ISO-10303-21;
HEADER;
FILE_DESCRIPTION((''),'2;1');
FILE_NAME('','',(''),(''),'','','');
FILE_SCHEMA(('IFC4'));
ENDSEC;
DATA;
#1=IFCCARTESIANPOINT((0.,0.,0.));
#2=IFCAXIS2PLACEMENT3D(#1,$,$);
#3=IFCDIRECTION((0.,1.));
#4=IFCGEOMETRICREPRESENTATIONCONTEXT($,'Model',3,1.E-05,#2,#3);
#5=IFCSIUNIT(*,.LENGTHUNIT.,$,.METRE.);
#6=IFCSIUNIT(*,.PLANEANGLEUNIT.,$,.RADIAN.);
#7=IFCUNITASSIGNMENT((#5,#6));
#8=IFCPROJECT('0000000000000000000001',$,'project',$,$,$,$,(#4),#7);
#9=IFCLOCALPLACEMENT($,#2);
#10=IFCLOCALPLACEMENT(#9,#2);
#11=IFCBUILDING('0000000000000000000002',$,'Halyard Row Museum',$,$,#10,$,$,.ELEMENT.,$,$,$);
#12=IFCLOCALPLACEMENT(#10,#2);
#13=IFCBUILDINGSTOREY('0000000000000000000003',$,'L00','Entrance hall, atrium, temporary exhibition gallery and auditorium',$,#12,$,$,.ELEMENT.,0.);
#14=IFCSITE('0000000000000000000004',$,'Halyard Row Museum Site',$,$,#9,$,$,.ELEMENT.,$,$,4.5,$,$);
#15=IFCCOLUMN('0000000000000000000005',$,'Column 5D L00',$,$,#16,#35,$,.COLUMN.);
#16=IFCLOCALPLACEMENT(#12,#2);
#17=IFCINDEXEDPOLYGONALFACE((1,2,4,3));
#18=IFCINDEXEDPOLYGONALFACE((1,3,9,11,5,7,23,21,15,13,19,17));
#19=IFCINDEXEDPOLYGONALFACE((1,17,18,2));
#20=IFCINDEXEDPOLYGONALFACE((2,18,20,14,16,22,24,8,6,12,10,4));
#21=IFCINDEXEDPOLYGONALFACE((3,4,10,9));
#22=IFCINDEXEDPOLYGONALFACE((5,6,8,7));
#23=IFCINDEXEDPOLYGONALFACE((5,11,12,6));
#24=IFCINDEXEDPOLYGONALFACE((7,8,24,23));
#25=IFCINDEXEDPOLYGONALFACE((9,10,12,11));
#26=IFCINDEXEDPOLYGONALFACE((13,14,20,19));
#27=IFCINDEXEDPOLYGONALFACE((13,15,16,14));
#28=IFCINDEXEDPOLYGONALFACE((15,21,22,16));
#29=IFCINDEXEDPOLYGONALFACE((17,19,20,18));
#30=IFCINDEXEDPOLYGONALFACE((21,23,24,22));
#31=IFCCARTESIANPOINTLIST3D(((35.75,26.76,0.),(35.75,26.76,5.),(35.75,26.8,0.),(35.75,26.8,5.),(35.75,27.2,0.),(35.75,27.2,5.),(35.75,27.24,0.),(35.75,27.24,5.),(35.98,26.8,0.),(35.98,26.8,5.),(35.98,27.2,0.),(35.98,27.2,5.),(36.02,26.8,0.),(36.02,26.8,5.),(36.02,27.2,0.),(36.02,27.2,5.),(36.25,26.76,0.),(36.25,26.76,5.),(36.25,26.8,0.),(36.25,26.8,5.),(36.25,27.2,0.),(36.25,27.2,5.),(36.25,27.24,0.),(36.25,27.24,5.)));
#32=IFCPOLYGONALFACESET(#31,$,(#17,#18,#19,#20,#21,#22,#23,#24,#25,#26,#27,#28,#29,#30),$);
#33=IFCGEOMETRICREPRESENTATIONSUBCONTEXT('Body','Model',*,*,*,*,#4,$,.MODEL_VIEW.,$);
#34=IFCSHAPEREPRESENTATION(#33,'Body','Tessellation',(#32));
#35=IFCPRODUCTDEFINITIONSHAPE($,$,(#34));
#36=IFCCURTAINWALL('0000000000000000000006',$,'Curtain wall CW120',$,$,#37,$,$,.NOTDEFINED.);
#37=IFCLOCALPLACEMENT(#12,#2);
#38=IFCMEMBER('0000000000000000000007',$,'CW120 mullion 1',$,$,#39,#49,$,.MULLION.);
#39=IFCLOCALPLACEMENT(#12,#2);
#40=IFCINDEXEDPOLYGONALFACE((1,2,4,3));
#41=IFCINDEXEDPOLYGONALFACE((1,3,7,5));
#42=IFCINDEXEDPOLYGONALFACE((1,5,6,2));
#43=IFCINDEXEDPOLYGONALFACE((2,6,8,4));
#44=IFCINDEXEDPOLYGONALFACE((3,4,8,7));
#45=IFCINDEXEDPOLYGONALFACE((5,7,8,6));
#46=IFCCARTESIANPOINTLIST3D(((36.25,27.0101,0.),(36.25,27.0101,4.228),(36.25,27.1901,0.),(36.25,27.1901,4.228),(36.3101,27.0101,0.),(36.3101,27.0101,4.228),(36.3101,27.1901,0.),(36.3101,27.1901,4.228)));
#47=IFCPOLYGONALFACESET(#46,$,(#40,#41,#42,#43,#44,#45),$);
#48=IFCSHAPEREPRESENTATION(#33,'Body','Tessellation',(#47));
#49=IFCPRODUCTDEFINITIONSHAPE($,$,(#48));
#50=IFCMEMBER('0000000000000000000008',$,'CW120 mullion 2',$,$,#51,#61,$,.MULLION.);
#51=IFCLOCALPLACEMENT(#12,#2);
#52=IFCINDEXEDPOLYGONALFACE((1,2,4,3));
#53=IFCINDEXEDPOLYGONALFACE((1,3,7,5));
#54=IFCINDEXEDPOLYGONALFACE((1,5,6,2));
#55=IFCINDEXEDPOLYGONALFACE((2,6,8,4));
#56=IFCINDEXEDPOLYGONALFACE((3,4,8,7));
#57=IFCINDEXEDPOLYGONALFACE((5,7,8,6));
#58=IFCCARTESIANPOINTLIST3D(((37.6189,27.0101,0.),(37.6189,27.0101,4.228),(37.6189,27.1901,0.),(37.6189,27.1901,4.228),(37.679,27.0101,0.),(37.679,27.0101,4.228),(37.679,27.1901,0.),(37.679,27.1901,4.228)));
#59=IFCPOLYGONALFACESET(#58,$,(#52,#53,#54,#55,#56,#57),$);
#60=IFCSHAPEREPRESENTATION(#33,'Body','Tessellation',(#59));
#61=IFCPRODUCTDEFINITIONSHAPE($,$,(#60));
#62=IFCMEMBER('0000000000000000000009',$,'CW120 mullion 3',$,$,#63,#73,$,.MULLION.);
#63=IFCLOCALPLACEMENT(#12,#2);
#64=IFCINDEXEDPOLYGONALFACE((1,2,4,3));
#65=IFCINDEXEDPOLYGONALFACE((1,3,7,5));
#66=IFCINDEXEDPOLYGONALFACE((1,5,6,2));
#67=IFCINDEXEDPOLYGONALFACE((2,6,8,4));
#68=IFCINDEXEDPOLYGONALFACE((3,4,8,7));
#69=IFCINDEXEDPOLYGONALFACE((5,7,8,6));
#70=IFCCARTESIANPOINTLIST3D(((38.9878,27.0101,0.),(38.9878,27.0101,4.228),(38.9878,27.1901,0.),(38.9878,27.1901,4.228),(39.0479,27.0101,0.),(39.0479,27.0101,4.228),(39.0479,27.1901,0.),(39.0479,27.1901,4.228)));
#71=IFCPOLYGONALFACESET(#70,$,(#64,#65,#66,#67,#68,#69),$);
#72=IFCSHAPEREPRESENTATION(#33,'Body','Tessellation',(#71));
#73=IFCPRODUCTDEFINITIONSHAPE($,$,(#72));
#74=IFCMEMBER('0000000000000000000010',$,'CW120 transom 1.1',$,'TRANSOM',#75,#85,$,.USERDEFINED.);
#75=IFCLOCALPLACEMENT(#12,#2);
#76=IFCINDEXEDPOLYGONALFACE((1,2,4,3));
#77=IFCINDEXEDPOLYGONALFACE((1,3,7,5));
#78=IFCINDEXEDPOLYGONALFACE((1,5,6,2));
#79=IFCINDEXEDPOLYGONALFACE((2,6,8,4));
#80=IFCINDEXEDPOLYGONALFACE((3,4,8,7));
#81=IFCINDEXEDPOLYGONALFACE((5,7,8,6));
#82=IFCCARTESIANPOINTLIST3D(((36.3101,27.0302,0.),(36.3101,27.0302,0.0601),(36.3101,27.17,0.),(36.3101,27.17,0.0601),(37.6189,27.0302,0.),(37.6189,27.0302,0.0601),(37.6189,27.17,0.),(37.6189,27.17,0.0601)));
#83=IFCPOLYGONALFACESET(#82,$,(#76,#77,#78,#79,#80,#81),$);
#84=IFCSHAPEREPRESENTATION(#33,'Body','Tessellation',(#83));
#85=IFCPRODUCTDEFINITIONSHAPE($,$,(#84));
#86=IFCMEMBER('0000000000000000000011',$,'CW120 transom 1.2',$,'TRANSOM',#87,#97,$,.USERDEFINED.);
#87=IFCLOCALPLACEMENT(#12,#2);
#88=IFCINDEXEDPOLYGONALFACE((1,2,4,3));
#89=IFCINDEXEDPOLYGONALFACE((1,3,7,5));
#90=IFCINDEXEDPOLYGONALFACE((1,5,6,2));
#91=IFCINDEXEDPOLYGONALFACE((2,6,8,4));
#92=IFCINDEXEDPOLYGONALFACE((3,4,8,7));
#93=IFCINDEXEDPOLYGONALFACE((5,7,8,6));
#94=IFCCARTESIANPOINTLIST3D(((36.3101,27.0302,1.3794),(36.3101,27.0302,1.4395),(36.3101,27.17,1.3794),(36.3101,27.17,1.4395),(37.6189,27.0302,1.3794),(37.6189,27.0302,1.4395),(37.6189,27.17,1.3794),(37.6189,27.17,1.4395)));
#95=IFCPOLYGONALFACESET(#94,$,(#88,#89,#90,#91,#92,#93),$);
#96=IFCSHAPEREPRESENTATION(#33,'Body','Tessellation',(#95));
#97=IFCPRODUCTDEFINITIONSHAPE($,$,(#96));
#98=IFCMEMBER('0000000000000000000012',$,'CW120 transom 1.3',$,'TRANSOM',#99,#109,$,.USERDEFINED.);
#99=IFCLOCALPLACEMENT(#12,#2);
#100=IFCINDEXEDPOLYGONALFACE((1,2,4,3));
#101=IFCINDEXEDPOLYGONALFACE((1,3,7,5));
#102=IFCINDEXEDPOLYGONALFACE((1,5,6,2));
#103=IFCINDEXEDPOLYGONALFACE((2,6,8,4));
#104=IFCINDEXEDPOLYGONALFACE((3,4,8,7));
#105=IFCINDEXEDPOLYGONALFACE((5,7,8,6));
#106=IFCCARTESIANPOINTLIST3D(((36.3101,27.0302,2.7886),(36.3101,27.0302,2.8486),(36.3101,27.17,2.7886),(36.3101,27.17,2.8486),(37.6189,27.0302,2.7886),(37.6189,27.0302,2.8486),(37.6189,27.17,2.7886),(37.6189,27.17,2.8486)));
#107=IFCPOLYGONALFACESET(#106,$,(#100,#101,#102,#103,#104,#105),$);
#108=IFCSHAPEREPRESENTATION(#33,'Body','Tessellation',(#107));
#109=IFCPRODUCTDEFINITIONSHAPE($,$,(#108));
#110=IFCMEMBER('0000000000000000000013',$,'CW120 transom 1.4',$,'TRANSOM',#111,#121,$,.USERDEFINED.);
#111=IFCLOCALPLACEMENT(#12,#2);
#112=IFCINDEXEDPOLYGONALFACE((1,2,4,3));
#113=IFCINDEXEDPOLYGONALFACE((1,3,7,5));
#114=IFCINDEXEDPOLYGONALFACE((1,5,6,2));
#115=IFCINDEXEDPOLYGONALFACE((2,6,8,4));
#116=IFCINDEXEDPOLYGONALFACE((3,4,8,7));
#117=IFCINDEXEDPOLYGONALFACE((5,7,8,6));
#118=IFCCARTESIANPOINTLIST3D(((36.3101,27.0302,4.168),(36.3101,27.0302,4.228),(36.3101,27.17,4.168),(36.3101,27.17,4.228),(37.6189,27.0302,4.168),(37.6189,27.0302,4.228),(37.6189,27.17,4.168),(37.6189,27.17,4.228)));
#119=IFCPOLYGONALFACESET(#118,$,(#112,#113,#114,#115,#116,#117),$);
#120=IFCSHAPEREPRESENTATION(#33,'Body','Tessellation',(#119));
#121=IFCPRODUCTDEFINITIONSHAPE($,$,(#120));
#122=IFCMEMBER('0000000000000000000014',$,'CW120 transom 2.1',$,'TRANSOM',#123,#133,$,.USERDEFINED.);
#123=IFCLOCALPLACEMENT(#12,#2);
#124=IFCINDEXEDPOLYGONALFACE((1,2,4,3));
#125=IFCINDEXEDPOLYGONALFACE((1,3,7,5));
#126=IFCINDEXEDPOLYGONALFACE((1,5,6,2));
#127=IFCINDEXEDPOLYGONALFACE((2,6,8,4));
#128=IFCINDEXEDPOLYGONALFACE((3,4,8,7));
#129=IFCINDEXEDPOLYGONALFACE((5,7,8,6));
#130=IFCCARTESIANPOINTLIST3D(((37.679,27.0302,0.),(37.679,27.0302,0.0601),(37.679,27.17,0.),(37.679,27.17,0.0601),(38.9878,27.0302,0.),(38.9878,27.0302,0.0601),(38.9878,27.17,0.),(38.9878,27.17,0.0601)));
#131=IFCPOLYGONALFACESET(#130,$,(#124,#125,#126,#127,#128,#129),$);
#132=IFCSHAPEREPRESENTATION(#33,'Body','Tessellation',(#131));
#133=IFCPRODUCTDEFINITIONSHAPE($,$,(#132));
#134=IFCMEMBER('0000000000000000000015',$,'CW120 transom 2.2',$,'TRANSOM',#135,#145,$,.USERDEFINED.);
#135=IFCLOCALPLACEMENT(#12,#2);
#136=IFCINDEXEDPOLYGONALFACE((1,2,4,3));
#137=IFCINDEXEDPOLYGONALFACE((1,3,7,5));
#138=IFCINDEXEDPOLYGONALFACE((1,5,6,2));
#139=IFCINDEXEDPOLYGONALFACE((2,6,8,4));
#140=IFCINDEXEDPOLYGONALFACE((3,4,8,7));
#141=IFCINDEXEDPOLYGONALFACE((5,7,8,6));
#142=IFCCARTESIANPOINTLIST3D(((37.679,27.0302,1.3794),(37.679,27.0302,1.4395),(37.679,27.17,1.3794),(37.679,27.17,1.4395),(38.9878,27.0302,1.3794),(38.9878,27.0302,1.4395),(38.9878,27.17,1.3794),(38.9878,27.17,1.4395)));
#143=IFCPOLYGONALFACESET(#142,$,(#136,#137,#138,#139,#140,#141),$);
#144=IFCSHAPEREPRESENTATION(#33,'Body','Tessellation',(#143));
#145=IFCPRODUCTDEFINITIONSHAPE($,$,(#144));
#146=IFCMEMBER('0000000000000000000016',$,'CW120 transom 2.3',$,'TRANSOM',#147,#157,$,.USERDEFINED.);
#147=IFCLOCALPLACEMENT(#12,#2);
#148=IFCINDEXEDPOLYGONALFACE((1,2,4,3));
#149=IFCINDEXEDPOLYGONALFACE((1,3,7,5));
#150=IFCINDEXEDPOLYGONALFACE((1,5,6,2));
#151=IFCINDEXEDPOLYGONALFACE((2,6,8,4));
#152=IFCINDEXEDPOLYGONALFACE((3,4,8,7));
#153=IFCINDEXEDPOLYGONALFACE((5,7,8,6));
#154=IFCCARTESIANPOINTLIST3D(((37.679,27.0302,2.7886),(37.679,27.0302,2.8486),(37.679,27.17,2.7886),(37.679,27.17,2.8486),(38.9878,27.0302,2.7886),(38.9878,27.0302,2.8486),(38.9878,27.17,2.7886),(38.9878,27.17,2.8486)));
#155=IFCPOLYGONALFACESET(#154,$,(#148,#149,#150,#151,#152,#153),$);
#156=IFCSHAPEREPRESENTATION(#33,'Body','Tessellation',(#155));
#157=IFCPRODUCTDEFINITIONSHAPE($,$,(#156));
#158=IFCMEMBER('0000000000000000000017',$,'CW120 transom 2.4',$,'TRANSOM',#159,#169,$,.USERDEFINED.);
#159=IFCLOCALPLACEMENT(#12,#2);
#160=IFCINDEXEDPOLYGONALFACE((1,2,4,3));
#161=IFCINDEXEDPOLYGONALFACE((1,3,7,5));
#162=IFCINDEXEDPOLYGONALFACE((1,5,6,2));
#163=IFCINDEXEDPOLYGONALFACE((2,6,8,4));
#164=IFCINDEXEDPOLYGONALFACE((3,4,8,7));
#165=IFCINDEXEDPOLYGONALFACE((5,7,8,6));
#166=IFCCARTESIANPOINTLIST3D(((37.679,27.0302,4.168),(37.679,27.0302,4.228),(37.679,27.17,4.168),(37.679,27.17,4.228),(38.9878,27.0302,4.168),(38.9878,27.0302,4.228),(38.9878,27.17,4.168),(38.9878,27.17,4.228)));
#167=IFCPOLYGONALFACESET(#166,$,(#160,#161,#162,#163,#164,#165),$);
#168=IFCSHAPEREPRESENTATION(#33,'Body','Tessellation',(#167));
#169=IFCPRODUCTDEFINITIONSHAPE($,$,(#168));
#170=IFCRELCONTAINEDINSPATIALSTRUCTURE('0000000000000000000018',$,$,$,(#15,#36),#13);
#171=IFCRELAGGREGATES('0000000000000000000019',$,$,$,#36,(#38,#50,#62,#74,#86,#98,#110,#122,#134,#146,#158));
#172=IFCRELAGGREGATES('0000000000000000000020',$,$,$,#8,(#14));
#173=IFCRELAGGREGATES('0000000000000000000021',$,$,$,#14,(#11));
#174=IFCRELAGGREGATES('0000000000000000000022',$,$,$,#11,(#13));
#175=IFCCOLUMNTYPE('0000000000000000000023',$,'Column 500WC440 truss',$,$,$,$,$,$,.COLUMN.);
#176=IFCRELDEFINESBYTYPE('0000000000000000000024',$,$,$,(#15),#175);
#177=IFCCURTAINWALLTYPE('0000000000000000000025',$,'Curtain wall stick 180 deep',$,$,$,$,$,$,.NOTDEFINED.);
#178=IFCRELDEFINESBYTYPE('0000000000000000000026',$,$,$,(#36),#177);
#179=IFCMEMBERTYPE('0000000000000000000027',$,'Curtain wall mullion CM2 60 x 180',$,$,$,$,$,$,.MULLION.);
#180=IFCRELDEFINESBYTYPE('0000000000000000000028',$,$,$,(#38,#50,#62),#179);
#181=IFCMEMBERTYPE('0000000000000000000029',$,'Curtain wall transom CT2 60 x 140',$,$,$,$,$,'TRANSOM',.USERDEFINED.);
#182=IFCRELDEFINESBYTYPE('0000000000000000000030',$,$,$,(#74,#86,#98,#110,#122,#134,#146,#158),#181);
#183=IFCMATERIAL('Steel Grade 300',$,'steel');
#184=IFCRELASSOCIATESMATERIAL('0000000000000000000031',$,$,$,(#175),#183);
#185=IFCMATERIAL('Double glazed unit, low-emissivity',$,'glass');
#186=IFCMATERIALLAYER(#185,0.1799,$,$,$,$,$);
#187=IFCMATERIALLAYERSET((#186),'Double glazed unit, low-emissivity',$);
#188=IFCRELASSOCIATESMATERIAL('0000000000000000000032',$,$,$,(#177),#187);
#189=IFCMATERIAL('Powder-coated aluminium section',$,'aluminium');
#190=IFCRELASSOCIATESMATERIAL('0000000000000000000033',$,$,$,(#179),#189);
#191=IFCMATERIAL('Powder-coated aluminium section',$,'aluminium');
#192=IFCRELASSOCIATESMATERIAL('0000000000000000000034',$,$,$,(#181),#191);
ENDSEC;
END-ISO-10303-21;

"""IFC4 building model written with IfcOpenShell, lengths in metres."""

from ifc_helpers import new_model, si_unit, direction, frame, origin, origin_2d, place, context, subcontext, project, spatial, rectangle, i_section, extrude, material, layer, layer_set, material_profile, profile_set, type_object, element, aggregate, save


model = new_model("IFC4")

# Units and contexts
model_context = context("Model", 3, precision=1e-05, world=origin(), true_north=direction((0.0, 1.0)))
body_context = subcontext(model_context, "Body", "Model", "MODEL_VIEW")
ifc_project = project(units=[si_unit("LENGTHUNIT", "METRE"), si_unit("PLANEANGLEUNIT", "RADIAN")], contexts=[model_context])

# Site, building, storey
site_placement = place(None, origin())
site = spatial("IfcSite", under=ifc_project, at=site_placement, Name="Halyard Row Museum Site", CompositionType="ELEMENT", RefElevation=4.5)
building_placement = place(site_placement, origin())
building = spatial("IfcBuilding", under=site, at=building_placement, Name="Halyard Row Museum", CompositionType="ELEMENT")
storey_placement = place(building_placement, origin())
storey = spatial("IfcBuildingStorey", under=building, at=storey_placement, Name="L00", Description="Entrance hall, atrium, temporary exhibition gallery and auditorium", CompositionType="ELEMENT", Elevation=0.0)

# Column
ifc_material_1 = material(Name="Steel Grade 300", Category="steel")
ifc_material_profile_1 = material_profile(ifc_material_1, i_section(OverallWidth=0.5, OverallDepth=0.48, WebThickness=0.04, FlangeThickness=0.04, at=origin_2d()), Name="500WC440")
ifc_profile_set_1 = profile_set([ifc_material_profile_1], Name="Steel Grade 300")
column_type = type_object("IfcColumnType", Name="Column 500WC440 truss", PredefinedType="COLUMN", material=ifc_profile_set_1)
column_placement = place(storey_placement, frame((36.0, 27.0, 0.0), z_axis=(0.0, 0.0, 1.0), x_axis=(1.0, 0.0, 0.0)))
element("IfcColumn", 1, at=column_placement, inside=storey, type_object=column_type, Name="Column 5D L00", PredefinedType="COLUMN", context=body_context, shape_type="SweptSolid", body=[
    extrude(i_section(OverallWidth=0.5, OverallDepth=0.48, WebThickness=0.04, FlangeThickness=0.04, at=origin_2d()), origin(), (0.0, 0.0, 1.0), 5.0),
])

# Curtain wall, members
ifc_material_2 = material(Name="Double glazed unit, low-emissivity", Category="glass")
ifc_layer_1 = layer(ifc_material_2, 0.1799)
ifc_layer_set_1 = layer_set([ifc_layer_1], Name="Double glazed unit, low-emissivity")
curtain_wall_type = type_object("IfcCurtainWallType", Name="Curtain wall stick 180 deep", PredefinedType="NOTDEFINED", material=ifc_layer_set_1)
curtain_wall_placement = place(storey_placement, origin())
curtain_wall = element("IfcCurtainWall", 2, at=curtain_wall_placement, inside=storey, type_object=curtain_wall_type, Name="Curtain wall CW120", PredefinedType="NOTDEFINED")
ifc_material_3 = material(Name="Powder-coated aluminium section", Category="aluminium")
ifc_material_profile_2 = material_profile(ifc_material_3, rectangle(XDim=0.1799, YDim=0.0601, at=origin_2d()), Name="180x60 mullion")
ifc_profile_set_2 = profile_set([ifc_material_profile_2], Name="Powder-coated aluminium section")
member_type_1 = type_object("IfcMemberType", Name="Curtain wall mullion CM2 60 x 180", PredefinedType="MULLION", material=ifc_profile_set_2)
member_1_placement = place(storey_placement, frame((36.28, 27.1001, 0.0), z_axis=(0.0, 0.0, 1.0), x_axis=(0.0, 1.0, 0.0)))
member_1 = element("IfcMember", 3, at=member_1_placement, type_object=member_type_1, Name="CW120 mullion 1", PredefinedType="MULLION", context=body_context, shape_type="SweptSolid", body=[
    extrude(rectangle(XDim=0.1799, YDim=0.0601, at=origin_2d()), origin(), (0.0, 0.0, 1.0), 4.228),
])
member_2_placement = place(storey_placement, frame((37.6489, 27.1001, 0.0), z_axis=(0.0, 0.0, 1.0), x_axis=(0.0, 1.0, 0.0)))
member_2 = element("IfcMember", 4, at=member_2_placement, type_object=member_type_1, Name="CW120 mullion 2", PredefinedType="MULLION", context=body_context, shape_type="SweptSolid", body=[
    extrude(rectangle(XDim=0.1799, YDim=0.0601, at=origin_2d()), origin(), (0.0, 0.0, 1.0), 4.228),
])
member_3_placement = place(storey_placement, frame((39.0178, 27.1001, 0.0), z_axis=(0.0, 0.0, 1.0), x_axis=(0.0, 1.0, 0.0)))
member_3 = element("IfcMember", 5, at=member_3_placement, type_object=member_type_1, Name="CW120 mullion 3", PredefinedType="MULLION", context=body_context, shape_type="SweptSolid", body=[
    extrude(rectangle(XDim=0.1799, YDim=0.0601, at=origin_2d()), origin(), (0.0, 0.0, 1.0), 4.228),
])
ifc_material_4 = material(Name="Powder-coated aluminium section", Category="aluminium")
ifc_material_profile_3 = material_profile(ifc_material_4, rectangle(XDim=0.1399, YDim=0.0601, at=origin_2d()), Name="140x60 transom")
ifc_profile_set_3 = profile_set([ifc_material_profile_3], Name="Powder-coated aluminium section")
member_type_2 = type_object("IfcMemberType", Name="Curtain wall transom CT2 60 x 140", ElementType="TRANSOM", PredefinedType="USERDEFINED", material=ifc_profile_set_3)
member_4_placement = place(storey_placement, frame((36.3101, 27.1001, 0.03), z_axis=(1.0, 0.0, 0.0), x_axis=(0.0, 1.0, 0.0)))
member_4 = element("IfcMember", 6, at=member_4_placement, type_object=member_type_2, Name="CW120 transom 1.1", ObjectType="TRANSOM", PredefinedType="USERDEFINED", context=body_context, shape_type="SweptSolid", body=[
    extrude(rectangle(XDim=0.1399, YDim=0.0601, at=origin_2d()), origin(), (0.0, 0.0, 1.0), 1.3088),
])
member_5_placement = place(storey_placement, frame((36.3101, 27.1001, 1.4094), z_axis=(1.0, 0.0, 0.0), x_axis=(0.0, 1.0, 0.0)))
member_5 = element("IfcMember", 7, at=member_5_placement, type_object=member_type_2, Name="CW120 transom 1.2", ObjectType="TRANSOM", PredefinedType="USERDEFINED", context=body_context, shape_type="SweptSolid", body=[
    extrude(rectangle(XDim=0.1399, YDim=0.0601, at=origin_2d()), origin(), (0.0, 0.0, 1.0), 1.3088),
])
member_6_placement = place(storey_placement, frame((36.3101, 27.1001, 2.8186), z_axis=(1.0, 0.0, 0.0), x_axis=(0.0, 1.0, 0.0)))
member_6 = element("IfcMember", 8, at=member_6_placement, type_object=member_type_2, Name="CW120 transom 1.3", ObjectType="TRANSOM", PredefinedType="USERDEFINED", context=body_context, shape_type="SweptSolid", body=[
    extrude(rectangle(XDim=0.1399, YDim=0.0601, at=origin_2d()), origin(), (0.0, 0.0, 1.0), 1.3088),
])
member_7_placement = place(storey_placement, frame((36.3101, 27.1001, 4.198), z_axis=(1.0, 0.0, 0.0), x_axis=(0.0, 1.0, 0.0)))
member_7 = element("IfcMember", 9, at=member_7_placement, type_object=member_type_2, Name="CW120 transom 1.4", ObjectType="TRANSOM", PredefinedType="USERDEFINED", context=body_context, shape_type="SweptSolid", body=[
    extrude(rectangle(XDim=0.1399, YDim=0.0601, at=origin_2d()), origin(), (0.0, 0.0, 1.0), 1.3088),
])
member_8_placement = place(storey_placement, frame((37.679, 27.1001, 0.03), z_axis=(1.0, 0.0, 0.0), x_axis=(0.0, 1.0, 0.0)))
member_8 = element("IfcMember", 10, at=member_8_placement, type_object=member_type_2, Name="CW120 transom 2.1", ObjectType="TRANSOM", PredefinedType="USERDEFINED", context=body_context, shape_type="SweptSolid", body=[
    extrude(rectangle(XDim=0.1399, YDim=0.0601, at=origin_2d()), origin(), (0.0, 0.0, 1.0), 1.3088),
])
member_9_placement = place(storey_placement, frame((37.679, 27.1001, 1.4094), z_axis=(1.0, 0.0, 0.0), x_axis=(0.0, 1.0, 0.0)))
member_9 = element("IfcMember", 11, at=member_9_placement, type_object=member_type_2, Name="CW120 transom 2.2", ObjectType="TRANSOM", PredefinedType="USERDEFINED", context=body_context, shape_type="SweptSolid", body=[
    extrude(rectangle(XDim=0.1399, YDim=0.0601, at=origin_2d()), origin(), (0.0, 0.0, 1.0), 1.3088),
])
member_10_placement = place(storey_placement, frame((37.679, 27.1001, 2.8186), z_axis=(1.0, 0.0, 0.0), x_axis=(0.0, 1.0, 0.0)))
member_10 = element("IfcMember", 12, at=member_10_placement, type_object=member_type_2, Name="CW120 transom 2.3", ObjectType="TRANSOM", PredefinedType="USERDEFINED", context=body_context, shape_type="SweptSolid", body=[
    extrude(rectangle(XDim=0.1399, YDim=0.0601, at=origin_2d()), origin(), (0.0, 0.0, 1.0), 1.3088),
])
member_11_placement = place(storey_placement, frame((37.679, 27.1001, 4.198), z_axis=(1.0, 0.0, 0.0), x_axis=(0.0, 1.0, 0.0)))
member_11 = element("IfcMember", 13, at=member_11_placement, type_object=member_type_2, Name="CW120 transom 2.4", ObjectType="TRANSOM", PredefinedType="USERDEFINED", context=body_context, shape_type="SweptSolid", body=[
    extrude(rectangle(XDim=0.1399, YDim=0.0601, at=origin_2d()), origin(), (0.0, 0.0, 1.0), 1.3088),
])

aggregate(curtain_wall, [member_1, member_2, member_3, member_4, member_5, member_6, member_7, member_8, member_9, member_10, member_11])

save(model, "model.ifc")
